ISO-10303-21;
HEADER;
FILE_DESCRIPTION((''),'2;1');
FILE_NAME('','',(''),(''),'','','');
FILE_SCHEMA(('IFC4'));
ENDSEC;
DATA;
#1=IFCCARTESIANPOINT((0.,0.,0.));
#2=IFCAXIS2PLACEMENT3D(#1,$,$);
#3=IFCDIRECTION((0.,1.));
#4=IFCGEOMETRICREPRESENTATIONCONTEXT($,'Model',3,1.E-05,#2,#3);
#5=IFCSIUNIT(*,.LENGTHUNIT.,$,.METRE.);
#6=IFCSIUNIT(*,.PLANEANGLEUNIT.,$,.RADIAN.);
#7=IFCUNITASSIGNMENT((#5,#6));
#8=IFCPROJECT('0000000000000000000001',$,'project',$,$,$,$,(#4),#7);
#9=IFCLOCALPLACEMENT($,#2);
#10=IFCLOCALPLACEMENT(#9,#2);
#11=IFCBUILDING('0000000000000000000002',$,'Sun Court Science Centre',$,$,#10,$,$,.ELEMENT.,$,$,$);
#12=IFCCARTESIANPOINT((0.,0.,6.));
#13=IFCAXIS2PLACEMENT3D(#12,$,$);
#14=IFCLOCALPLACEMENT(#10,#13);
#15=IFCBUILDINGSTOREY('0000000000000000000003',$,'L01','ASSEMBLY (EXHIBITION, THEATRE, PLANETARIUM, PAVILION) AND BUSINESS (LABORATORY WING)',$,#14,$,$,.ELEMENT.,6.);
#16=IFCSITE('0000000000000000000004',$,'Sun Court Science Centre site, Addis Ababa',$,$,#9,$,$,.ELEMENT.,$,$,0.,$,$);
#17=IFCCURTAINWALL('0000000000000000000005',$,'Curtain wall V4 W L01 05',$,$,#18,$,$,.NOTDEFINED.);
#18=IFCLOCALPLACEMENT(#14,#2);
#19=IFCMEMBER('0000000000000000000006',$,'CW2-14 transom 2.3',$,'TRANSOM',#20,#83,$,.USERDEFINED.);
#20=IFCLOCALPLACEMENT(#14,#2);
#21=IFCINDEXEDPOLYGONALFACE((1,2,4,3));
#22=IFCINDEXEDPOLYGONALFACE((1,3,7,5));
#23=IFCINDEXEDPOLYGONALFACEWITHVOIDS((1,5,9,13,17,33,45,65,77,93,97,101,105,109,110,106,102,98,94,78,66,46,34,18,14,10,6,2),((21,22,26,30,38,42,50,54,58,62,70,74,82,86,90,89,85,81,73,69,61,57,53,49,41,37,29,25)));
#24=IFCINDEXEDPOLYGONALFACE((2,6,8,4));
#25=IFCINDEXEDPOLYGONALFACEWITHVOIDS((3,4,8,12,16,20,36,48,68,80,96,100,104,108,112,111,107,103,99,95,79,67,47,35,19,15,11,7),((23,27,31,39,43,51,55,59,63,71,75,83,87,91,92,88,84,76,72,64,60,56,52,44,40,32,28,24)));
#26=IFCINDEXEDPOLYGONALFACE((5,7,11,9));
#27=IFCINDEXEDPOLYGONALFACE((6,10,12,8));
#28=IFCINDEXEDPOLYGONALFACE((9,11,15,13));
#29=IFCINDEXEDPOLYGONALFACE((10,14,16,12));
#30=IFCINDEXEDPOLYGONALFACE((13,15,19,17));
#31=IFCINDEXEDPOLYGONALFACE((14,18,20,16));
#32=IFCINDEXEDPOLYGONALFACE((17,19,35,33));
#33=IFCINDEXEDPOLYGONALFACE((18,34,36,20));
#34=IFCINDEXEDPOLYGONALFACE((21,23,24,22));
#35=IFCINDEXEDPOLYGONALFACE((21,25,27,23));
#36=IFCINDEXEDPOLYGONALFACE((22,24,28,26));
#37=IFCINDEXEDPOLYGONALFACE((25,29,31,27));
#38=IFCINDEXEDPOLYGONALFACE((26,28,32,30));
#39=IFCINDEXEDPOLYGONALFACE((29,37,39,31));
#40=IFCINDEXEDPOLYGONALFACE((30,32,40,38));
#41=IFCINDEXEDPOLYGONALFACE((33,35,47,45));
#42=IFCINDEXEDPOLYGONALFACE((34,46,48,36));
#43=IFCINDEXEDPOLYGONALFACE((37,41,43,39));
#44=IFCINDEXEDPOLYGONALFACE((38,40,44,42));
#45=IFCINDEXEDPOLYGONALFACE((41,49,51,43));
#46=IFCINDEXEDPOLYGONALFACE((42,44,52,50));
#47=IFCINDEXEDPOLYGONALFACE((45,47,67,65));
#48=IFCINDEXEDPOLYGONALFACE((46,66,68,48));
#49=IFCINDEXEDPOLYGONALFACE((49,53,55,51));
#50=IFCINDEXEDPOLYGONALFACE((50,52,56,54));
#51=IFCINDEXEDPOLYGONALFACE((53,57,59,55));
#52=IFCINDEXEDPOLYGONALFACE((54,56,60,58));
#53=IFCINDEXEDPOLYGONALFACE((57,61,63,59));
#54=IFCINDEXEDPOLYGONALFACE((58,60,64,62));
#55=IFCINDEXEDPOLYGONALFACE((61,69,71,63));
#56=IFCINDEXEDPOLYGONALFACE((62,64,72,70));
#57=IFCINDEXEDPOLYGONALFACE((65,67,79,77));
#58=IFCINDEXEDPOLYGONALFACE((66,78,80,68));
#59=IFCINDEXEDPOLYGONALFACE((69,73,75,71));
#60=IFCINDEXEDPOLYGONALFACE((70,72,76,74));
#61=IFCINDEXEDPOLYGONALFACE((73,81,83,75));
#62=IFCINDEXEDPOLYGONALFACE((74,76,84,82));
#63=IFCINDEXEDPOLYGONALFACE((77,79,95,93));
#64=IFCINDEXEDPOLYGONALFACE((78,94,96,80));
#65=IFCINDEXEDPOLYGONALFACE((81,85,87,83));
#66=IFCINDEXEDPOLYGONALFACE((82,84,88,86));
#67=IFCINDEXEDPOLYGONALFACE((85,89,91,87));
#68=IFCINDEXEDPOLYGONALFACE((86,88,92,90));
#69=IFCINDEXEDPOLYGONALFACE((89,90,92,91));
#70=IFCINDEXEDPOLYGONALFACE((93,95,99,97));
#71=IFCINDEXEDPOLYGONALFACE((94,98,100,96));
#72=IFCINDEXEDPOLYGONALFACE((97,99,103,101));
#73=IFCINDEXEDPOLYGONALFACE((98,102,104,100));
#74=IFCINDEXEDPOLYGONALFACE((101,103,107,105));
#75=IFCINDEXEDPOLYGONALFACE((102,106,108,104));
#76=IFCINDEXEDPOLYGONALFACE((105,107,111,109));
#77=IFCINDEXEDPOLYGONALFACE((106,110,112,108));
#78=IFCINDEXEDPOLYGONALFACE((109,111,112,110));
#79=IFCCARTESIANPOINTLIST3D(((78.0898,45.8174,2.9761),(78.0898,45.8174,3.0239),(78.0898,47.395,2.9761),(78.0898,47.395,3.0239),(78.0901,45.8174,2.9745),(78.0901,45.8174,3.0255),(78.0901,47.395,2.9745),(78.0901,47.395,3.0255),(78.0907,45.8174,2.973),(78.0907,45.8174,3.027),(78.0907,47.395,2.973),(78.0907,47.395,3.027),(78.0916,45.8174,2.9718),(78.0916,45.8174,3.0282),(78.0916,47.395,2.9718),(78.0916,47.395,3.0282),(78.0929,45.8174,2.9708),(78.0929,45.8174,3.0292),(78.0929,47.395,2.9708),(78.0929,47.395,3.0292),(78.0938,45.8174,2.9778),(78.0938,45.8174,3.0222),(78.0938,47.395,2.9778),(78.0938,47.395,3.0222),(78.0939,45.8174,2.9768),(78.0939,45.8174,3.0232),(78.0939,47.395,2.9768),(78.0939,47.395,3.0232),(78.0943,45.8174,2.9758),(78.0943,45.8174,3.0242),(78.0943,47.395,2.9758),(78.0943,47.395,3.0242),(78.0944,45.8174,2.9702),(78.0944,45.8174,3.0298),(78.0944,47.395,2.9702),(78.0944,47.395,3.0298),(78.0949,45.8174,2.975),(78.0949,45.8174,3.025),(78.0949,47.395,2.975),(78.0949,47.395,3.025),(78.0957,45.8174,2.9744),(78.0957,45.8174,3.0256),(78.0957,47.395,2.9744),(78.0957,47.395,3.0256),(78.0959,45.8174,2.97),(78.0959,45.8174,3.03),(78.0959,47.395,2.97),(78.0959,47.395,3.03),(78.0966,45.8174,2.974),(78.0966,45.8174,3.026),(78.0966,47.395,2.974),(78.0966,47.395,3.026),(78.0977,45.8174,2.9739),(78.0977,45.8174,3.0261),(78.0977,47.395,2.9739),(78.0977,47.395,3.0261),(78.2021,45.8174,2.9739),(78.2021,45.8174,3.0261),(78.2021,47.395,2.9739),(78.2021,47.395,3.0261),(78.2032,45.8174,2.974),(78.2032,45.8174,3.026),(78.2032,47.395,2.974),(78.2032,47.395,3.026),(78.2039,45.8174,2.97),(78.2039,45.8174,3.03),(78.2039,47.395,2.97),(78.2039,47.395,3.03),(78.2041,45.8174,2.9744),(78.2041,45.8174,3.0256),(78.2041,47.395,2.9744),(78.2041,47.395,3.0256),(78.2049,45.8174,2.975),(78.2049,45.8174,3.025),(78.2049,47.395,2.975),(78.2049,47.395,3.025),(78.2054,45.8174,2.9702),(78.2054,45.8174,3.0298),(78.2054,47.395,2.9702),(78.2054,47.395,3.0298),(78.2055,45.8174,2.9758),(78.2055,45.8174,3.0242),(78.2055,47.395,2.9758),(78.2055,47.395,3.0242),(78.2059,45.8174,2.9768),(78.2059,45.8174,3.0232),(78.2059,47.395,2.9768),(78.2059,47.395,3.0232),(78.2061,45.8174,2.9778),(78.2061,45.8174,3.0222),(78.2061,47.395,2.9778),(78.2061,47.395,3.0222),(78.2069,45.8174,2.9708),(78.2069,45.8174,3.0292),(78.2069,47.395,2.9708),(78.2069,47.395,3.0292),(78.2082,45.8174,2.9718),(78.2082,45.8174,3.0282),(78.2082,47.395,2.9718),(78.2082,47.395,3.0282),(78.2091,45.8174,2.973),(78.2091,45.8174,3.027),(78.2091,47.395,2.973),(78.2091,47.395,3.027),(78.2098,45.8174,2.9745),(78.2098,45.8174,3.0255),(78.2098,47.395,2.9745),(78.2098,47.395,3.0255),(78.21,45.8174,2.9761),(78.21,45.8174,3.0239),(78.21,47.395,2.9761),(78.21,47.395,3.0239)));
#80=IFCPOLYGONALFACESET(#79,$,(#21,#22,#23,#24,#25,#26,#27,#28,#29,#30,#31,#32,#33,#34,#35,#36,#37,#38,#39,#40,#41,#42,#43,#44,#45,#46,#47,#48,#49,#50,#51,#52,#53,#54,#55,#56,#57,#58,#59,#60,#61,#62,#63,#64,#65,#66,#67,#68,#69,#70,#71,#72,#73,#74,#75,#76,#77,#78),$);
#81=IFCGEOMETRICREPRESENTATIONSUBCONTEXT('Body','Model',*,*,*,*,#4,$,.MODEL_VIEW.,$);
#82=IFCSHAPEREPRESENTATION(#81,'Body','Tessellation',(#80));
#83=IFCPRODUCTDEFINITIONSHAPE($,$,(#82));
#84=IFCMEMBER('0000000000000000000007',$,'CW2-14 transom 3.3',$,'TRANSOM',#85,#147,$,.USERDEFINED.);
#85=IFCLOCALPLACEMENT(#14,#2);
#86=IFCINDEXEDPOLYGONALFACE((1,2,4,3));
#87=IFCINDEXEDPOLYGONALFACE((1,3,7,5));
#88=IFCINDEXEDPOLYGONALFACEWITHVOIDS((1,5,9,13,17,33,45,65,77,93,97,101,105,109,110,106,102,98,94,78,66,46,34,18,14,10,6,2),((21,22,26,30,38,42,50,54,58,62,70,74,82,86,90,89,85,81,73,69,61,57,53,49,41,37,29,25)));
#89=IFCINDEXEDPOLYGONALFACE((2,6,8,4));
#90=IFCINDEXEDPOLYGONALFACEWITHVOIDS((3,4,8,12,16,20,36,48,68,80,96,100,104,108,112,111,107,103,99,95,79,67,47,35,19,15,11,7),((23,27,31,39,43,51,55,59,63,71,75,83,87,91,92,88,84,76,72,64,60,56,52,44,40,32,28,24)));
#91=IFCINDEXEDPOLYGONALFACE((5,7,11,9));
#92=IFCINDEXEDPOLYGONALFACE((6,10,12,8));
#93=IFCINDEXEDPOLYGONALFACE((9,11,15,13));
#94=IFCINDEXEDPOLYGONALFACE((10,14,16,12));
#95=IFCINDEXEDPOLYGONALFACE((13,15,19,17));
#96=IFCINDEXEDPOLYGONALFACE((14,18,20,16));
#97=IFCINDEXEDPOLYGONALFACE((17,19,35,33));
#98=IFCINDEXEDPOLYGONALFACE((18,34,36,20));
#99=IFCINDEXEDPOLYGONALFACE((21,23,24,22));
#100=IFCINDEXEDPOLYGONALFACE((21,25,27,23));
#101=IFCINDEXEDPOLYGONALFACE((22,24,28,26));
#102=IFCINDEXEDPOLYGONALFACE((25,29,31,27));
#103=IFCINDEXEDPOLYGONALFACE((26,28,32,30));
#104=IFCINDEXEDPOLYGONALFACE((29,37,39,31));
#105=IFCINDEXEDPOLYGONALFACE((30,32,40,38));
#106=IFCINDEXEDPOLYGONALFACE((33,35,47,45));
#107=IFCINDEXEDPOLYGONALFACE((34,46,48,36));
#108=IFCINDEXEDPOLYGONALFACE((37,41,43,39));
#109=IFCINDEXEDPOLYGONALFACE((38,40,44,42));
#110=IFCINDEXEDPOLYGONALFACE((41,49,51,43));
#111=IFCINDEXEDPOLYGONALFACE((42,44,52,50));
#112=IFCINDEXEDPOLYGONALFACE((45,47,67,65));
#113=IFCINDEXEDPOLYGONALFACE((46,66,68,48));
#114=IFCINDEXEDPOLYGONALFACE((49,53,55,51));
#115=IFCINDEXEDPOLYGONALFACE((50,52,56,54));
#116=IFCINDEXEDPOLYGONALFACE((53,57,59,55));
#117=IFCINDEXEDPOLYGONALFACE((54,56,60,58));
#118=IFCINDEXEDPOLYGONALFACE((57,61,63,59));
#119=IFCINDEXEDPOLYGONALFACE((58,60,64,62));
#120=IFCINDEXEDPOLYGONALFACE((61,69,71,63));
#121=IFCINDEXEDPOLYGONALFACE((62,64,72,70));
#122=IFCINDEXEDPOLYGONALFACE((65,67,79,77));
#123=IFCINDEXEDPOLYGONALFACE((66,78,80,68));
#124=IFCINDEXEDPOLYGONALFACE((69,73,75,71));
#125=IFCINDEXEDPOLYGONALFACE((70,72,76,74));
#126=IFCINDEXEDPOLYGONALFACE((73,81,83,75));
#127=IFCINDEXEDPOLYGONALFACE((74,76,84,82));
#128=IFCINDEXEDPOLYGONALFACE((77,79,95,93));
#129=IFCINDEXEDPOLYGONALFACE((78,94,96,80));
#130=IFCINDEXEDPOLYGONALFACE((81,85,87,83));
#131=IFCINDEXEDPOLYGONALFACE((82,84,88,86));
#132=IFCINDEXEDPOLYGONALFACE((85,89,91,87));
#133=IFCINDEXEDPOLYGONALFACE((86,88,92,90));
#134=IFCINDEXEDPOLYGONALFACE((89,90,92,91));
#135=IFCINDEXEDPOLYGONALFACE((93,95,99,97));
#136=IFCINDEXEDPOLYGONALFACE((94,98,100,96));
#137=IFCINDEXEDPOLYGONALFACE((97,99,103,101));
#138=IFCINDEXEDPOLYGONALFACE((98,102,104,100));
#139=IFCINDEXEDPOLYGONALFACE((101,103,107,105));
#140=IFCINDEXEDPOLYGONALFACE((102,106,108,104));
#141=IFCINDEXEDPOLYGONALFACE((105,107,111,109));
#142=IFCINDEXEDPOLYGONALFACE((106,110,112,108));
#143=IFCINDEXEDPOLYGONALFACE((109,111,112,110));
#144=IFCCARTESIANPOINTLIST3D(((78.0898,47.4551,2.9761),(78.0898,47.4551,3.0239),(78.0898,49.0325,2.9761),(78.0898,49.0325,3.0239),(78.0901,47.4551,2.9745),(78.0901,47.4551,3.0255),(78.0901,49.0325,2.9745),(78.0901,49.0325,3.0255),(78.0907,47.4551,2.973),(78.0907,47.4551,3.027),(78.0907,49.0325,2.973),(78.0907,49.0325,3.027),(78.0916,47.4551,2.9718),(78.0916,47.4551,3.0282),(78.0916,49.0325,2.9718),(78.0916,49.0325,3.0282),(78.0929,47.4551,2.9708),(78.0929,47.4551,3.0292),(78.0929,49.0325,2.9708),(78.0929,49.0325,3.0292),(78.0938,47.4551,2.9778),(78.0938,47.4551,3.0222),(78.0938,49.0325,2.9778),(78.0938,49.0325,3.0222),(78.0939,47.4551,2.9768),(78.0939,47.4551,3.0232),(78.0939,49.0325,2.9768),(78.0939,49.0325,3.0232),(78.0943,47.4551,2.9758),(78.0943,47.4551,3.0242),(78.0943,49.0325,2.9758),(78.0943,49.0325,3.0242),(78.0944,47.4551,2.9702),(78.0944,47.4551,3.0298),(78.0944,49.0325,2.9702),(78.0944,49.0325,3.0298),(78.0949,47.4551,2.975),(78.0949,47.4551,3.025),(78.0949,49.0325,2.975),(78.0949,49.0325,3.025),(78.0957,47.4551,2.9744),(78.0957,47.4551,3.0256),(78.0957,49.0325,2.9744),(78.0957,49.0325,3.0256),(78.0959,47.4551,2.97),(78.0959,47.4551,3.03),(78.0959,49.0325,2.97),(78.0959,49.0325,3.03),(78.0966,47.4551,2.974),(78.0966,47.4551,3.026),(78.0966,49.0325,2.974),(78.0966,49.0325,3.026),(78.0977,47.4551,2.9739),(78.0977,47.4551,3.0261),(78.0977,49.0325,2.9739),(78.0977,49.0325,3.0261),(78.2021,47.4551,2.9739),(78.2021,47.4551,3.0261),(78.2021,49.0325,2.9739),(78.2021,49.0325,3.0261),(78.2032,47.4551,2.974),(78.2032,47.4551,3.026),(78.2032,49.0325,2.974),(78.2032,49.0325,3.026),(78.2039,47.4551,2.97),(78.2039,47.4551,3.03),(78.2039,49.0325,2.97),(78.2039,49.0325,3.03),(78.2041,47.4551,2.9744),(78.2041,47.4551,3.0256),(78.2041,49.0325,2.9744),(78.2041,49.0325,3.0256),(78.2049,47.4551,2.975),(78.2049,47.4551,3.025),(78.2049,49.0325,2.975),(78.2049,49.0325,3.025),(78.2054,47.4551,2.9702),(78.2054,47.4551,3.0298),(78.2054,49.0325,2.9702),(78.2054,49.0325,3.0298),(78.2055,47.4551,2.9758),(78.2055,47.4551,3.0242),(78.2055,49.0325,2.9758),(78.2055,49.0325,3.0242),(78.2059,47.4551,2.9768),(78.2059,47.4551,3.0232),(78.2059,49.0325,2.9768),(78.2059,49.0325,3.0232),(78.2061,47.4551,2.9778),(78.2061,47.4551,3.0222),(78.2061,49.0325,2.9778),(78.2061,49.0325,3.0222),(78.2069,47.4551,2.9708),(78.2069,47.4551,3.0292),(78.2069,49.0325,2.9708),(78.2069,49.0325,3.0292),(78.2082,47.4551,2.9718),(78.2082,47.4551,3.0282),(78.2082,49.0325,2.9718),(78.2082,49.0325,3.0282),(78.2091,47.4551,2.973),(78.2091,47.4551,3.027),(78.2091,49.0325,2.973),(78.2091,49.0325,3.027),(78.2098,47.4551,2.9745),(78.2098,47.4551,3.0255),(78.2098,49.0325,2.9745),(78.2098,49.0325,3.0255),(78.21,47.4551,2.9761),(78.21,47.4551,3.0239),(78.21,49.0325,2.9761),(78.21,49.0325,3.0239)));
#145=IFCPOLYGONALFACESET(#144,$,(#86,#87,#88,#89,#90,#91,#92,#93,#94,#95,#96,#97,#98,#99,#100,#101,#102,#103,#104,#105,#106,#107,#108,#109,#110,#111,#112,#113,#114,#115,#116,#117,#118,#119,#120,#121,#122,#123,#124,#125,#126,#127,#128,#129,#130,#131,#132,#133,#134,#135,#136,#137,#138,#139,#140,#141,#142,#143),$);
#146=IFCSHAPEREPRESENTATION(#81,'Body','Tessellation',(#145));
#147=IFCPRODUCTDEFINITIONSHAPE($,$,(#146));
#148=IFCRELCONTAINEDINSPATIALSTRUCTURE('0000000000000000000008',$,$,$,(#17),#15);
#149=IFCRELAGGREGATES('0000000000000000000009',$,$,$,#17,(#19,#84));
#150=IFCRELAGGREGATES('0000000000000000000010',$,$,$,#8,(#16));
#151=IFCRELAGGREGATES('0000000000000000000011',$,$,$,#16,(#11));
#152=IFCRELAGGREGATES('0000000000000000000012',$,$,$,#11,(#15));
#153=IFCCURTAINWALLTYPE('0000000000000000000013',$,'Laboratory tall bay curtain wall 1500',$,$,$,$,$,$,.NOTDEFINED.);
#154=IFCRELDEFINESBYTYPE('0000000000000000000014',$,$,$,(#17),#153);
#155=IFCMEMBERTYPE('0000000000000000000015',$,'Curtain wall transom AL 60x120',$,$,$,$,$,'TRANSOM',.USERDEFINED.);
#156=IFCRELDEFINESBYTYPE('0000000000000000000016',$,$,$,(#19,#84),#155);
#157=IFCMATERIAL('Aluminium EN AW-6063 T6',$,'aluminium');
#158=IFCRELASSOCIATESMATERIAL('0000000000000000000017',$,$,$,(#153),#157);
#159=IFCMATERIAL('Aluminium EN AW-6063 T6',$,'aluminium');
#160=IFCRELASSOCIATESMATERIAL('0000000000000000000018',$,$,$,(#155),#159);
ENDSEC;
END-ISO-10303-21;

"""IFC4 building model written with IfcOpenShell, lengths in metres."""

from ifc_helpers import new_model, si_unit, direction, frame, origin, origin_2d, place, context, subcontext, project, spatial, hollow_rectangle, extrude, material, material_profile, profile_set, type_object, element, aggregate, save


model = new_model("IFC4")

# Units and contexts
model_context = context("Model", 3, precision=1e-05, world=origin(), true_north=direction((0.0, 1.0)))
body_context = subcontext(model_context, "Body", "Model", "MODEL_VIEW")
ifc_project = project(units=[si_unit("LENGTHUNIT", "METRE"), si_unit("PLANEANGLEUNIT", "RADIAN")], contexts=[model_context])

# Site, building, storey
site_placement = place(None, origin())
site = spatial("IfcSite", under=ifc_project, at=site_placement, Name="Sun Court Science Centre site, Addis Ababa", CompositionType="ELEMENT", RefElevation=0.0)
building_placement = place(site_placement, origin())
building = spatial("IfcBuilding", under=site, at=building_placement, Name="Sun Court Science Centre", CompositionType="ELEMENT")
storey_placement = place(building_placement, frame((0.0, 0.0, 6.0)))
storey = spatial("IfcBuildingStorey", under=building, at=storey_placement, Name="L01", Description="ASSEMBLY (EXHIBITION, THEATRE, PLANETARIUM, PAVILION) AND BUSINESS (LABORATORY WING)", CompositionType="ELEMENT", Elevation=6.0)

# Curtain wall
ifc_material_1 = material(Name="Aluminium EN AW-6063 T6", Category="aluminium")
curtain_wall_type_1 = type_object("IfcCurtainWallType", Name="Laboratory tall bay curtain wall 1500", PredefinedType="NOTDEFINED", material=ifc_material_1)
curtain_wall_1_placement = place(storey_placement, origin())
curtain_wall_1 = element("IfcCurtainWall", 1, at=curtain_wall_1_placement, inside=storey, type_object=curtain_wall_type_1, Name="Curtain wall V4 W L01 05", PredefinedType="NOTDEFINED")

# Members
ifc_material_2 = material(Name="Aluminium EN AW-6063 T6", Category="aluminium")
ifc_material_profile_1 = material_profile(ifc_material_2, hollow_rectangle(XDim=0.0601, YDim=0.1201, WallThickness=0.0039, InnerFilletRadius=0.0039, OuterFilletRadius=0.0061, at=origin_2d()), Name="AL 60x120x4")
ifc_profile_set_1 = profile_set([ifc_material_profile_1], Name="Aluminium EN AW-6063 T6")
member_type_1 = type_object("IfcMemberType", Name="Curtain wall transom AL 60x120", ElementType="TRANSOM", PredefinedType="USERDEFINED", material=ifc_profile_set_1)
member_1_placement = place(storey_placement, frame((78.1499, 45.8174, 3.0), z_axis=(0.0, 1.0, 0.0), x_axis=(0.0, 0.0, 1.0)))
member_1 = element("IfcMember", 2, at=member_1_placement, type_object=member_type_1, Name="CW2-14 transom 2.3", ObjectType="TRANSOM", PredefinedType="USERDEFINED", context=body_context, shape_type="SweptSolid", body=[
    extrude(hollow_rectangle(XDim=0.0601, YDim=0.1201, WallThickness=0.0039, InnerFilletRadius=0.0039, OuterFilletRadius=0.0061, at=origin_2d()), origin(), (0.0, 0.0, 1.0), 1.5776),
])
member_2_placement = place(storey_placement, frame((78.1499, 47.4551, 3.0), z_axis=(0.0, 1.0, 0.0), x_axis=(0.0, 0.0, 1.0)))
member_2 = element("IfcMember", 3, at=member_2_placement, type_object=member_type_1, Name="CW2-14 transom 3.3", ObjectType="TRANSOM", PredefinedType="USERDEFINED", context=body_context, shape_type="SweptSolid", body=[
    extrude(hollow_rectangle(XDim=0.0601, YDim=0.1201, WallThickness=0.0039, InnerFilletRadius=0.0039, OuterFilletRadius=0.0061, at=origin_2d()), origin(), (0.0, 0.0, 1.0), 1.5774),
])

aggregate(curtain_wall_1, [member_1, member_2])

save(model, "model.ifc")
